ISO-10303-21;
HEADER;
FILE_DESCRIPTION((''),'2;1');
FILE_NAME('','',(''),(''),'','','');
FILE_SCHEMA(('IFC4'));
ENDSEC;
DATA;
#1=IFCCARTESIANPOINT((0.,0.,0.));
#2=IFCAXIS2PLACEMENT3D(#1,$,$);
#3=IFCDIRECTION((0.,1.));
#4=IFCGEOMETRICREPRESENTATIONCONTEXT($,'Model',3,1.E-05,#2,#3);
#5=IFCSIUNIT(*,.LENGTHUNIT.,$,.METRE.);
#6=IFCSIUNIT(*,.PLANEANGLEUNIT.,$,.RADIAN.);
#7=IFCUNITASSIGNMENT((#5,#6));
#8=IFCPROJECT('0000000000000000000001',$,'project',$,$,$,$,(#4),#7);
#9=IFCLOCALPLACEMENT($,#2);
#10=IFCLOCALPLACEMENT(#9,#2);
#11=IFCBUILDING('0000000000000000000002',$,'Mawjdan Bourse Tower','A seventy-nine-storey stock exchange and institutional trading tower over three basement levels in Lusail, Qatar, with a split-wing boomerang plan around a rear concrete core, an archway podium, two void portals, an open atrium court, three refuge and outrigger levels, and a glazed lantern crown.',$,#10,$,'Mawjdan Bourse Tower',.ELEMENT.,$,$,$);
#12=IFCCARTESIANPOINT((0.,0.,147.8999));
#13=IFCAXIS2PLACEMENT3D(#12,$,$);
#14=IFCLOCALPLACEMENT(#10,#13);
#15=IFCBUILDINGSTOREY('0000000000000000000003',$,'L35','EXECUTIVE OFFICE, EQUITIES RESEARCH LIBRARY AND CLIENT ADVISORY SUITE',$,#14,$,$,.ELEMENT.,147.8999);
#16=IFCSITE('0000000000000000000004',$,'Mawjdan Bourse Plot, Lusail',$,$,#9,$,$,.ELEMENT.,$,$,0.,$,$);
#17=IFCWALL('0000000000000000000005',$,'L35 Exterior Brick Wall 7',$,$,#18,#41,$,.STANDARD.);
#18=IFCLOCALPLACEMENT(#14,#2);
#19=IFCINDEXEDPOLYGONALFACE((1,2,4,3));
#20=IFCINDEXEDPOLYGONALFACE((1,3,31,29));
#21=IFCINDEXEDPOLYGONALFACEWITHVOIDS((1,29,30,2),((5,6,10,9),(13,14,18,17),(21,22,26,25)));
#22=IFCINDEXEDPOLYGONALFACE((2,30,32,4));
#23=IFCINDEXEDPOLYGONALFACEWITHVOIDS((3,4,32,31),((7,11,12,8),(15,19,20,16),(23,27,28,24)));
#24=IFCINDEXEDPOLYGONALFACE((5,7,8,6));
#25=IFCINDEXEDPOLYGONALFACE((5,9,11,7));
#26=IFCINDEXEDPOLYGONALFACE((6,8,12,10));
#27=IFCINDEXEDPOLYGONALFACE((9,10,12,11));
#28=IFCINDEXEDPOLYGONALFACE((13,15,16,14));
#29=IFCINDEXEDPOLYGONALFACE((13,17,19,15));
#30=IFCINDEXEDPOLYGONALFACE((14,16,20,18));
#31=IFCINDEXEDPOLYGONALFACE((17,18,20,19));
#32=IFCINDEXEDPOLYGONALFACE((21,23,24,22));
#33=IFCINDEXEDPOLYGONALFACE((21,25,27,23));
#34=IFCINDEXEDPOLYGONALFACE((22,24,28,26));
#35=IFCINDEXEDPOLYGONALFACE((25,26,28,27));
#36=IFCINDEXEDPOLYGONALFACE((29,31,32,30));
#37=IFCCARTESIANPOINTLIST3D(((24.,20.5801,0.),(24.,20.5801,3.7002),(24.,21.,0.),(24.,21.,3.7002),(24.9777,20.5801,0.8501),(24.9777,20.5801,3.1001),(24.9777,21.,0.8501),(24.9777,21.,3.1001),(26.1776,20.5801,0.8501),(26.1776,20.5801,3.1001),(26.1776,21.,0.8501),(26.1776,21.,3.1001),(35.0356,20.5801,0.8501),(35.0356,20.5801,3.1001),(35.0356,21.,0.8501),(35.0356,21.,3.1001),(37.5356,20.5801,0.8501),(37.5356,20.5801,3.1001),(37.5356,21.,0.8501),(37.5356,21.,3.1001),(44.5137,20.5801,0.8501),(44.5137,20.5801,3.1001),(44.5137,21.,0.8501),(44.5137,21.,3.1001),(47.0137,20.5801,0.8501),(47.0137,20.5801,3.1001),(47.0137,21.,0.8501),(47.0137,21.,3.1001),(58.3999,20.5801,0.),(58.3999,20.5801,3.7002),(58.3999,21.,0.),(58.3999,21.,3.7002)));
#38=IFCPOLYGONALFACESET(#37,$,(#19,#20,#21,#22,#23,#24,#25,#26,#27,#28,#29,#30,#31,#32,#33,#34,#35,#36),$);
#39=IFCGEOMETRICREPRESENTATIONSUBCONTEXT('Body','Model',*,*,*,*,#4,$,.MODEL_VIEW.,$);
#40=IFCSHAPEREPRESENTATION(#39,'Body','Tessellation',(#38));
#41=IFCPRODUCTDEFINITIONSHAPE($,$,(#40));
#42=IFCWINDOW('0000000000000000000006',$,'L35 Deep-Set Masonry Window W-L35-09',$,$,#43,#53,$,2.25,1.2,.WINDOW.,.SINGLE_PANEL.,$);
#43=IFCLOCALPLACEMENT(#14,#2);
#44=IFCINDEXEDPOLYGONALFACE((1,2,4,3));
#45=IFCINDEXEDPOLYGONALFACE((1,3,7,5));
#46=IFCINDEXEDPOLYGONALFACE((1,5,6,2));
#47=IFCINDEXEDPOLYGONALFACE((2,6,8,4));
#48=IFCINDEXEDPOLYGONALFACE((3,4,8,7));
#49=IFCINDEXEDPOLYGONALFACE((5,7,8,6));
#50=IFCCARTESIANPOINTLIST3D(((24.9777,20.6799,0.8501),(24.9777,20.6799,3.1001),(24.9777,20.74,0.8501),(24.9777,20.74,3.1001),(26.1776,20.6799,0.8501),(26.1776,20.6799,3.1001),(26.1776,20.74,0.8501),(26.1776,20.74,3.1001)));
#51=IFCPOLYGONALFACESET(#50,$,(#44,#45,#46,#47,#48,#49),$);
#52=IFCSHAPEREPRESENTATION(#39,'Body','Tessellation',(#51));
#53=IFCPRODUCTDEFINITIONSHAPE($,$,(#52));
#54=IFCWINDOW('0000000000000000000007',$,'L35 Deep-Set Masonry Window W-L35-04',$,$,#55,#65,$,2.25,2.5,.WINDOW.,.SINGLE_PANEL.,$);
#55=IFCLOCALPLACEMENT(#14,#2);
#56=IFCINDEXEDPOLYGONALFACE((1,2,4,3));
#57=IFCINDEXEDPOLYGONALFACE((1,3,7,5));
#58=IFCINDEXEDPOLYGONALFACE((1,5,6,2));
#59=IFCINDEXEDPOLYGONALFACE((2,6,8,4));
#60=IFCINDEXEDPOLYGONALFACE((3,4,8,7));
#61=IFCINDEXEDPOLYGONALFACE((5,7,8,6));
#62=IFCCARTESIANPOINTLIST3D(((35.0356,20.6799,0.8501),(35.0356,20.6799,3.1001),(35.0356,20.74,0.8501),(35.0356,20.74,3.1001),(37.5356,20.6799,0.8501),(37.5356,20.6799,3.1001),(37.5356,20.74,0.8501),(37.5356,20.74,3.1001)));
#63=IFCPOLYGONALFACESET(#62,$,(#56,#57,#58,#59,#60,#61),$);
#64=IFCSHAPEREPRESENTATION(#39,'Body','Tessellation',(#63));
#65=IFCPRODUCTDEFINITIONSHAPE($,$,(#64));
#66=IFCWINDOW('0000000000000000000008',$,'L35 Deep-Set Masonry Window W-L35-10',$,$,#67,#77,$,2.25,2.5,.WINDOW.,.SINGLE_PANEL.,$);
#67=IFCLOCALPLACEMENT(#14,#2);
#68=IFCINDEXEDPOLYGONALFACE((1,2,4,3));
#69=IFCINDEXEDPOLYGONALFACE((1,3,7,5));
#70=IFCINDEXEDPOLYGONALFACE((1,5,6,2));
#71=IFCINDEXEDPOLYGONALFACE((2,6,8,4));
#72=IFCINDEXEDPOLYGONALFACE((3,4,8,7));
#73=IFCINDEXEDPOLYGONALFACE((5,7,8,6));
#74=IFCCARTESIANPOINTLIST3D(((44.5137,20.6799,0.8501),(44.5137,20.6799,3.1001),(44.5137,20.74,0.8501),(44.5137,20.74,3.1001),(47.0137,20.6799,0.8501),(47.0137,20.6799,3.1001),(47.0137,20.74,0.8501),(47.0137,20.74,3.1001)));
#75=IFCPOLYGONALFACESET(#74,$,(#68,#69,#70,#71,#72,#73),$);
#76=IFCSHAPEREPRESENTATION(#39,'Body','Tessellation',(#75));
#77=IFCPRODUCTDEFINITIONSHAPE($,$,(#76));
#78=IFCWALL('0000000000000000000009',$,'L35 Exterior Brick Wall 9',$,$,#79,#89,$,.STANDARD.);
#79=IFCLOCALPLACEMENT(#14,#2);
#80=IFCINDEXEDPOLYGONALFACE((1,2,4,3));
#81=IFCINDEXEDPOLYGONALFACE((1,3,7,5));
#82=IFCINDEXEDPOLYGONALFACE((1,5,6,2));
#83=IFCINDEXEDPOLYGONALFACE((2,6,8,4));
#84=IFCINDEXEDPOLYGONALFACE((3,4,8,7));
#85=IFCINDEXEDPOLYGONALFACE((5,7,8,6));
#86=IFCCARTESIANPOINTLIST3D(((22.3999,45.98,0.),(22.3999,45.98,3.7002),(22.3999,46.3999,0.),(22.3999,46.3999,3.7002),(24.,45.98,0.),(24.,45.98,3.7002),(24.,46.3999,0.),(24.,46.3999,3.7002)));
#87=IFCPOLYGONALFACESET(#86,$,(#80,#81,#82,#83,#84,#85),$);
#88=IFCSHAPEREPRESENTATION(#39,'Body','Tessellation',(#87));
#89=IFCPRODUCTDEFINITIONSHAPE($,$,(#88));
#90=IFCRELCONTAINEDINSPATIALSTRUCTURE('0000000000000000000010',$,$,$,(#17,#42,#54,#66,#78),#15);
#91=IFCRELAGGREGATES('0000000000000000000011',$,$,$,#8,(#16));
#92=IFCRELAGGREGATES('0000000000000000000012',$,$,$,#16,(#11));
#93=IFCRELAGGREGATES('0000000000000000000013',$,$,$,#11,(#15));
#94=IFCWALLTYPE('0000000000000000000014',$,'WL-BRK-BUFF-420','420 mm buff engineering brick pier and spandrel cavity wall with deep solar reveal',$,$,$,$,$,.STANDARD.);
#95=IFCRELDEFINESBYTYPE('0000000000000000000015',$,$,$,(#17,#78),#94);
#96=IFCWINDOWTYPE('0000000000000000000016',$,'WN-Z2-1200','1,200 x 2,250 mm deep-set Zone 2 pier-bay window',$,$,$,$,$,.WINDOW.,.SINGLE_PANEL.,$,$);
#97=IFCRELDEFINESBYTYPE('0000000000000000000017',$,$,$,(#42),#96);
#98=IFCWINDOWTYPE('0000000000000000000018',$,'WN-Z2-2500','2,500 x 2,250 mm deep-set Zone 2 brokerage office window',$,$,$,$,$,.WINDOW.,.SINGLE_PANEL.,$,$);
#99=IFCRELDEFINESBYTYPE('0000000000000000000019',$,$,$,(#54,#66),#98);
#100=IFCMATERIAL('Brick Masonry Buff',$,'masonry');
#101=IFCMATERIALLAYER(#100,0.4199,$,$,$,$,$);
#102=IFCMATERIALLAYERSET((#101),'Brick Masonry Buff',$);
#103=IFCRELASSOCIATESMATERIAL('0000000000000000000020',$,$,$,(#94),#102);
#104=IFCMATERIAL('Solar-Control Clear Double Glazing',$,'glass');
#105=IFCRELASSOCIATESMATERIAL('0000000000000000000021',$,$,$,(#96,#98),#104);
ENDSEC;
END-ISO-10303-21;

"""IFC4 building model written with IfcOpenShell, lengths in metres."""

from ifc_helpers import new_model, si_unit, direction, frame, frame_2d, origin, place, context, subcontext, project, spatial, rectangle, extrude, material, layer, layer_set, type_object, element, fill, save


model = new_model("IFC4")

# Units and contexts
model_context = context("Model", 3, precision=1e-05, world=origin(), true_north=direction((0.0, 1.0)))
body_context = subcontext(model_context, "Body", "Model", "MODEL_VIEW")
ifc_project = project(units=[si_unit("LENGTHUNIT", "METRE"), si_unit("PLANEANGLEUNIT", "RADIAN")], contexts=[model_context])

# Site, building, storey
site_placement = place(None, origin())
site = spatial("IfcSite", under=ifc_project, at=site_placement, Name="Mawjdan Bourse Plot, Lusail", CompositionType="ELEMENT", RefElevation=0.0)
building_placement = place(site_placement, origin())
building = spatial("IfcBuilding", under=site, at=building_placement, Name="Mawjdan Bourse Tower", Description="A seventy-nine-storey stock exchange and institutional trading tower over three basement levels in Lusail, Qatar, with a split-wing boomerang plan around a rear concrete core, an archway podium, two void portals, an open atrium court, three refuge and outrigger levels, and a glazed lantern crown.", LongName="Mawjdan Bourse Tower", CompositionType="ELEMENT")
storey_placement = place(building_placement, frame((0.0, 0.0, 147.8999)))
storey = spatial("IfcBuildingStorey", under=building, at=storey_placement, Name="L35", Description="EXECUTIVE OFFICE, EQUITIES RESEARCH LIBRARY AND CLIENT ADVISORY SUITE", CompositionType="ELEMENT", Elevation=147.8999)

# Shared definitions
ifc_material_1 = material(Name="Brick Masonry Buff", Category="masonry")
ifc_layer = layer(ifc_material_1, 0.4199)
ifc_layer_set = layer_set([ifc_layer], Name="Brick Masonry Buff")
wall_type = type_object("IfcWallType", Name="WL-BRK-BUFF-420", Description="420 mm buff engineering brick pier and spandrel cavity wall with deep solar reveal", PredefinedType="STANDARD", material=ifc_layer_set)

# Wall, openings, windows
wall_1_placement = place(storey_placement, frame((58.3999, 20.79, 0.0), z_axis=(0.0, 0.0, 1.0), x_axis=(-1.0, 0.0, 0.0)))
wall_1 = element("IfcWall", 1, at=wall_1_placement, inside=storey, type_object=wall_type, Name="L35 Exterior Brick Wall 7", PredefinedType="STANDARD", context=body_context, shape_type="SweptSolid", body=[
    extrude(rectangle(XDim=34.3999, YDim=0.4199, at=frame_2d((17.2, 0.0))), origin(), (0.0, 0.0, 1.0), 3.7002),
])
opening_1_placement = place(wall_1_placement, frame((20.8643, 0.0, 0.8501)))
opening_1 = element("IfcOpeningElement", 2, at=opening_1_placement, cuts=wall_1, PredefinedType="OPENING", context=body_context, shape_type="SweptSolid", body=[
    extrude(rectangle(XDim=2.5, YDim=2.25, at=frame_2d((1.25, 1.125))), frame((0.0, 0.22, 0.0), z_axis=(0.0, -1.0, 0.0), x_axis=(1.0, 0.0, 0.0)), (0.0, 0.0, 1.0), 0.4399),
])
opening_2_placement = place(wall_1_placement, frame((32.2222, 0.0, 0.8501)))
opening_2 = element("IfcOpeningElement", 3, at=opening_2_placement, cuts=wall_1, PredefinedType="OPENING", context=body_context, shape_type="SweptSolid", body=[
    extrude(rectangle(XDim=1.2, YDim=2.25, at=frame_2d((0.6001, 1.125))), frame((0.0, 0.22, 0.0), z_axis=(0.0, -1.0, 0.0), x_axis=(1.0, 0.0, 0.0)), (0.0, 0.0, 1.0), 0.4399),
])
opening_3_placement = place(wall_1_placement, frame((11.3862, 0.0, 0.8501)))
opening_3 = element("IfcOpeningElement", 4, at=opening_3_placement, cuts=wall_1, PredefinedType="OPENING", context=body_context, shape_type="SweptSolid", body=[
    extrude(rectangle(XDim=2.5, YDim=2.25, at=frame_2d((1.25, 1.125))), frame((0.0, 0.22, 0.0), z_axis=(0.0, -1.0, 0.0), x_axis=(1.0, 0.0, 0.0)), (0.0, 0.0, 1.0), 0.4399),
])
ifc_material_2 = material(Name="Solar-Control Clear Double Glazing", Category="glass")
window_type_1 = type_object("IfcWindowType", Name="WN-Z2-1200", Description="1,200 x 2,250 mm deep-set Zone 2 pier-bay window", PartitioningType="SINGLE_PANEL", PredefinedType="WINDOW", material=ifc_material_2)
window_1_placement = place(opening_2_placement, origin())
window_1 = element("IfcWindow", 5, at=window_1_placement, inside=storey, type_object=window_type_1, Name="L35 Deep-Set Masonry Window W-L35-09", OverallHeight=2.25, OverallWidth=1.2, PartitioningType="SINGLE_PANEL", PredefinedType="WINDOW", context=body_context, shape_type="SweptSolid", body=[
    extrude(rectangle(XDim=1.2, YDim=2.25, at=frame_2d((0.6001, 1.125))), frame((0.0, 0.1101, 0.0), z_axis=(0.0, -1.0, 0.0), x_axis=(1.0, 0.0, 0.0)), (0.0, 0.0, 1.0), 0.0601),
])
fill(opening_2, window_1)
window_type_2 = type_object("IfcWindowType", Name="WN-Z2-2500", Description="2,500 x 2,250 mm deep-set Zone 2 brokerage office window", PartitioningType="SINGLE_PANEL", PredefinedType="WINDOW", material=ifc_material_2)
window_2_placement = place(opening_1_placement, origin())
window_2 = element("IfcWindow", 6, at=window_2_placement, inside=storey, type_object=window_type_2, Name="L35 Deep-Set Masonry Window W-L35-04", OverallHeight=2.25, OverallWidth=2.5, PartitioningType="SINGLE_PANEL", PredefinedType="WINDOW", context=body_context, shape_type="SweptSolid", body=[
    extrude(rectangle(XDim=2.5, YDim=2.25, at=frame_2d((1.25, 1.125))), frame((0.0, 0.1101, 0.0), z_axis=(0.0, -1.0, 0.0), x_axis=(1.0, 0.0, 0.0)), (0.0, 0.0, 1.0), 0.0601),
])
fill(opening_1, window_2)
window_3_placement = place(opening_3_placement, origin())
window_3 = element("IfcWindow", 7, at=window_3_placement, inside=storey, type_object=window_type_2, Name="L35 Deep-Set Masonry Window W-L35-10", OverallHeight=2.25, OverallWidth=2.5, PartitioningType="SINGLE_PANEL", PredefinedType="WINDOW", context=body_context, shape_type="SweptSolid", body=[
    extrude(rectangle(XDim=2.5, YDim=2.25, at=frame_2d((1.25, 1.125))), frame((0.0, 0.1101, 0.0), z_axis=(0.0, -1.0, 0.0), x_axis=(1.0, 0.0, 0.0)), (0.0, 0.0, 1.0), 0.0601),
])
fill(opening_3, window_3)

# Wall
wall_2_placement = place(storey_placement, frame((24.0, 46.1899, 0.0), z_axis=(0.0, 0.0, 1.0), x_axis=(-1.0, 0.0, 0.0)))
element("IfcWall", 8, at=wall_2_placement, inside=storey, type_object=wall_type, Name="L35 Exterior Brick Wall 9", PredefinedType="STANDARD", context=body_context, shape_type="SweptSolid", body=[
    extrude(rectangle(XDim=1.6001, YDim=0.4199, at=frame_2d((0.8, 0.0))), origin(), (0.0, 0.0, 1.0), 3.7002),
])

save(model, "model.ifc")
